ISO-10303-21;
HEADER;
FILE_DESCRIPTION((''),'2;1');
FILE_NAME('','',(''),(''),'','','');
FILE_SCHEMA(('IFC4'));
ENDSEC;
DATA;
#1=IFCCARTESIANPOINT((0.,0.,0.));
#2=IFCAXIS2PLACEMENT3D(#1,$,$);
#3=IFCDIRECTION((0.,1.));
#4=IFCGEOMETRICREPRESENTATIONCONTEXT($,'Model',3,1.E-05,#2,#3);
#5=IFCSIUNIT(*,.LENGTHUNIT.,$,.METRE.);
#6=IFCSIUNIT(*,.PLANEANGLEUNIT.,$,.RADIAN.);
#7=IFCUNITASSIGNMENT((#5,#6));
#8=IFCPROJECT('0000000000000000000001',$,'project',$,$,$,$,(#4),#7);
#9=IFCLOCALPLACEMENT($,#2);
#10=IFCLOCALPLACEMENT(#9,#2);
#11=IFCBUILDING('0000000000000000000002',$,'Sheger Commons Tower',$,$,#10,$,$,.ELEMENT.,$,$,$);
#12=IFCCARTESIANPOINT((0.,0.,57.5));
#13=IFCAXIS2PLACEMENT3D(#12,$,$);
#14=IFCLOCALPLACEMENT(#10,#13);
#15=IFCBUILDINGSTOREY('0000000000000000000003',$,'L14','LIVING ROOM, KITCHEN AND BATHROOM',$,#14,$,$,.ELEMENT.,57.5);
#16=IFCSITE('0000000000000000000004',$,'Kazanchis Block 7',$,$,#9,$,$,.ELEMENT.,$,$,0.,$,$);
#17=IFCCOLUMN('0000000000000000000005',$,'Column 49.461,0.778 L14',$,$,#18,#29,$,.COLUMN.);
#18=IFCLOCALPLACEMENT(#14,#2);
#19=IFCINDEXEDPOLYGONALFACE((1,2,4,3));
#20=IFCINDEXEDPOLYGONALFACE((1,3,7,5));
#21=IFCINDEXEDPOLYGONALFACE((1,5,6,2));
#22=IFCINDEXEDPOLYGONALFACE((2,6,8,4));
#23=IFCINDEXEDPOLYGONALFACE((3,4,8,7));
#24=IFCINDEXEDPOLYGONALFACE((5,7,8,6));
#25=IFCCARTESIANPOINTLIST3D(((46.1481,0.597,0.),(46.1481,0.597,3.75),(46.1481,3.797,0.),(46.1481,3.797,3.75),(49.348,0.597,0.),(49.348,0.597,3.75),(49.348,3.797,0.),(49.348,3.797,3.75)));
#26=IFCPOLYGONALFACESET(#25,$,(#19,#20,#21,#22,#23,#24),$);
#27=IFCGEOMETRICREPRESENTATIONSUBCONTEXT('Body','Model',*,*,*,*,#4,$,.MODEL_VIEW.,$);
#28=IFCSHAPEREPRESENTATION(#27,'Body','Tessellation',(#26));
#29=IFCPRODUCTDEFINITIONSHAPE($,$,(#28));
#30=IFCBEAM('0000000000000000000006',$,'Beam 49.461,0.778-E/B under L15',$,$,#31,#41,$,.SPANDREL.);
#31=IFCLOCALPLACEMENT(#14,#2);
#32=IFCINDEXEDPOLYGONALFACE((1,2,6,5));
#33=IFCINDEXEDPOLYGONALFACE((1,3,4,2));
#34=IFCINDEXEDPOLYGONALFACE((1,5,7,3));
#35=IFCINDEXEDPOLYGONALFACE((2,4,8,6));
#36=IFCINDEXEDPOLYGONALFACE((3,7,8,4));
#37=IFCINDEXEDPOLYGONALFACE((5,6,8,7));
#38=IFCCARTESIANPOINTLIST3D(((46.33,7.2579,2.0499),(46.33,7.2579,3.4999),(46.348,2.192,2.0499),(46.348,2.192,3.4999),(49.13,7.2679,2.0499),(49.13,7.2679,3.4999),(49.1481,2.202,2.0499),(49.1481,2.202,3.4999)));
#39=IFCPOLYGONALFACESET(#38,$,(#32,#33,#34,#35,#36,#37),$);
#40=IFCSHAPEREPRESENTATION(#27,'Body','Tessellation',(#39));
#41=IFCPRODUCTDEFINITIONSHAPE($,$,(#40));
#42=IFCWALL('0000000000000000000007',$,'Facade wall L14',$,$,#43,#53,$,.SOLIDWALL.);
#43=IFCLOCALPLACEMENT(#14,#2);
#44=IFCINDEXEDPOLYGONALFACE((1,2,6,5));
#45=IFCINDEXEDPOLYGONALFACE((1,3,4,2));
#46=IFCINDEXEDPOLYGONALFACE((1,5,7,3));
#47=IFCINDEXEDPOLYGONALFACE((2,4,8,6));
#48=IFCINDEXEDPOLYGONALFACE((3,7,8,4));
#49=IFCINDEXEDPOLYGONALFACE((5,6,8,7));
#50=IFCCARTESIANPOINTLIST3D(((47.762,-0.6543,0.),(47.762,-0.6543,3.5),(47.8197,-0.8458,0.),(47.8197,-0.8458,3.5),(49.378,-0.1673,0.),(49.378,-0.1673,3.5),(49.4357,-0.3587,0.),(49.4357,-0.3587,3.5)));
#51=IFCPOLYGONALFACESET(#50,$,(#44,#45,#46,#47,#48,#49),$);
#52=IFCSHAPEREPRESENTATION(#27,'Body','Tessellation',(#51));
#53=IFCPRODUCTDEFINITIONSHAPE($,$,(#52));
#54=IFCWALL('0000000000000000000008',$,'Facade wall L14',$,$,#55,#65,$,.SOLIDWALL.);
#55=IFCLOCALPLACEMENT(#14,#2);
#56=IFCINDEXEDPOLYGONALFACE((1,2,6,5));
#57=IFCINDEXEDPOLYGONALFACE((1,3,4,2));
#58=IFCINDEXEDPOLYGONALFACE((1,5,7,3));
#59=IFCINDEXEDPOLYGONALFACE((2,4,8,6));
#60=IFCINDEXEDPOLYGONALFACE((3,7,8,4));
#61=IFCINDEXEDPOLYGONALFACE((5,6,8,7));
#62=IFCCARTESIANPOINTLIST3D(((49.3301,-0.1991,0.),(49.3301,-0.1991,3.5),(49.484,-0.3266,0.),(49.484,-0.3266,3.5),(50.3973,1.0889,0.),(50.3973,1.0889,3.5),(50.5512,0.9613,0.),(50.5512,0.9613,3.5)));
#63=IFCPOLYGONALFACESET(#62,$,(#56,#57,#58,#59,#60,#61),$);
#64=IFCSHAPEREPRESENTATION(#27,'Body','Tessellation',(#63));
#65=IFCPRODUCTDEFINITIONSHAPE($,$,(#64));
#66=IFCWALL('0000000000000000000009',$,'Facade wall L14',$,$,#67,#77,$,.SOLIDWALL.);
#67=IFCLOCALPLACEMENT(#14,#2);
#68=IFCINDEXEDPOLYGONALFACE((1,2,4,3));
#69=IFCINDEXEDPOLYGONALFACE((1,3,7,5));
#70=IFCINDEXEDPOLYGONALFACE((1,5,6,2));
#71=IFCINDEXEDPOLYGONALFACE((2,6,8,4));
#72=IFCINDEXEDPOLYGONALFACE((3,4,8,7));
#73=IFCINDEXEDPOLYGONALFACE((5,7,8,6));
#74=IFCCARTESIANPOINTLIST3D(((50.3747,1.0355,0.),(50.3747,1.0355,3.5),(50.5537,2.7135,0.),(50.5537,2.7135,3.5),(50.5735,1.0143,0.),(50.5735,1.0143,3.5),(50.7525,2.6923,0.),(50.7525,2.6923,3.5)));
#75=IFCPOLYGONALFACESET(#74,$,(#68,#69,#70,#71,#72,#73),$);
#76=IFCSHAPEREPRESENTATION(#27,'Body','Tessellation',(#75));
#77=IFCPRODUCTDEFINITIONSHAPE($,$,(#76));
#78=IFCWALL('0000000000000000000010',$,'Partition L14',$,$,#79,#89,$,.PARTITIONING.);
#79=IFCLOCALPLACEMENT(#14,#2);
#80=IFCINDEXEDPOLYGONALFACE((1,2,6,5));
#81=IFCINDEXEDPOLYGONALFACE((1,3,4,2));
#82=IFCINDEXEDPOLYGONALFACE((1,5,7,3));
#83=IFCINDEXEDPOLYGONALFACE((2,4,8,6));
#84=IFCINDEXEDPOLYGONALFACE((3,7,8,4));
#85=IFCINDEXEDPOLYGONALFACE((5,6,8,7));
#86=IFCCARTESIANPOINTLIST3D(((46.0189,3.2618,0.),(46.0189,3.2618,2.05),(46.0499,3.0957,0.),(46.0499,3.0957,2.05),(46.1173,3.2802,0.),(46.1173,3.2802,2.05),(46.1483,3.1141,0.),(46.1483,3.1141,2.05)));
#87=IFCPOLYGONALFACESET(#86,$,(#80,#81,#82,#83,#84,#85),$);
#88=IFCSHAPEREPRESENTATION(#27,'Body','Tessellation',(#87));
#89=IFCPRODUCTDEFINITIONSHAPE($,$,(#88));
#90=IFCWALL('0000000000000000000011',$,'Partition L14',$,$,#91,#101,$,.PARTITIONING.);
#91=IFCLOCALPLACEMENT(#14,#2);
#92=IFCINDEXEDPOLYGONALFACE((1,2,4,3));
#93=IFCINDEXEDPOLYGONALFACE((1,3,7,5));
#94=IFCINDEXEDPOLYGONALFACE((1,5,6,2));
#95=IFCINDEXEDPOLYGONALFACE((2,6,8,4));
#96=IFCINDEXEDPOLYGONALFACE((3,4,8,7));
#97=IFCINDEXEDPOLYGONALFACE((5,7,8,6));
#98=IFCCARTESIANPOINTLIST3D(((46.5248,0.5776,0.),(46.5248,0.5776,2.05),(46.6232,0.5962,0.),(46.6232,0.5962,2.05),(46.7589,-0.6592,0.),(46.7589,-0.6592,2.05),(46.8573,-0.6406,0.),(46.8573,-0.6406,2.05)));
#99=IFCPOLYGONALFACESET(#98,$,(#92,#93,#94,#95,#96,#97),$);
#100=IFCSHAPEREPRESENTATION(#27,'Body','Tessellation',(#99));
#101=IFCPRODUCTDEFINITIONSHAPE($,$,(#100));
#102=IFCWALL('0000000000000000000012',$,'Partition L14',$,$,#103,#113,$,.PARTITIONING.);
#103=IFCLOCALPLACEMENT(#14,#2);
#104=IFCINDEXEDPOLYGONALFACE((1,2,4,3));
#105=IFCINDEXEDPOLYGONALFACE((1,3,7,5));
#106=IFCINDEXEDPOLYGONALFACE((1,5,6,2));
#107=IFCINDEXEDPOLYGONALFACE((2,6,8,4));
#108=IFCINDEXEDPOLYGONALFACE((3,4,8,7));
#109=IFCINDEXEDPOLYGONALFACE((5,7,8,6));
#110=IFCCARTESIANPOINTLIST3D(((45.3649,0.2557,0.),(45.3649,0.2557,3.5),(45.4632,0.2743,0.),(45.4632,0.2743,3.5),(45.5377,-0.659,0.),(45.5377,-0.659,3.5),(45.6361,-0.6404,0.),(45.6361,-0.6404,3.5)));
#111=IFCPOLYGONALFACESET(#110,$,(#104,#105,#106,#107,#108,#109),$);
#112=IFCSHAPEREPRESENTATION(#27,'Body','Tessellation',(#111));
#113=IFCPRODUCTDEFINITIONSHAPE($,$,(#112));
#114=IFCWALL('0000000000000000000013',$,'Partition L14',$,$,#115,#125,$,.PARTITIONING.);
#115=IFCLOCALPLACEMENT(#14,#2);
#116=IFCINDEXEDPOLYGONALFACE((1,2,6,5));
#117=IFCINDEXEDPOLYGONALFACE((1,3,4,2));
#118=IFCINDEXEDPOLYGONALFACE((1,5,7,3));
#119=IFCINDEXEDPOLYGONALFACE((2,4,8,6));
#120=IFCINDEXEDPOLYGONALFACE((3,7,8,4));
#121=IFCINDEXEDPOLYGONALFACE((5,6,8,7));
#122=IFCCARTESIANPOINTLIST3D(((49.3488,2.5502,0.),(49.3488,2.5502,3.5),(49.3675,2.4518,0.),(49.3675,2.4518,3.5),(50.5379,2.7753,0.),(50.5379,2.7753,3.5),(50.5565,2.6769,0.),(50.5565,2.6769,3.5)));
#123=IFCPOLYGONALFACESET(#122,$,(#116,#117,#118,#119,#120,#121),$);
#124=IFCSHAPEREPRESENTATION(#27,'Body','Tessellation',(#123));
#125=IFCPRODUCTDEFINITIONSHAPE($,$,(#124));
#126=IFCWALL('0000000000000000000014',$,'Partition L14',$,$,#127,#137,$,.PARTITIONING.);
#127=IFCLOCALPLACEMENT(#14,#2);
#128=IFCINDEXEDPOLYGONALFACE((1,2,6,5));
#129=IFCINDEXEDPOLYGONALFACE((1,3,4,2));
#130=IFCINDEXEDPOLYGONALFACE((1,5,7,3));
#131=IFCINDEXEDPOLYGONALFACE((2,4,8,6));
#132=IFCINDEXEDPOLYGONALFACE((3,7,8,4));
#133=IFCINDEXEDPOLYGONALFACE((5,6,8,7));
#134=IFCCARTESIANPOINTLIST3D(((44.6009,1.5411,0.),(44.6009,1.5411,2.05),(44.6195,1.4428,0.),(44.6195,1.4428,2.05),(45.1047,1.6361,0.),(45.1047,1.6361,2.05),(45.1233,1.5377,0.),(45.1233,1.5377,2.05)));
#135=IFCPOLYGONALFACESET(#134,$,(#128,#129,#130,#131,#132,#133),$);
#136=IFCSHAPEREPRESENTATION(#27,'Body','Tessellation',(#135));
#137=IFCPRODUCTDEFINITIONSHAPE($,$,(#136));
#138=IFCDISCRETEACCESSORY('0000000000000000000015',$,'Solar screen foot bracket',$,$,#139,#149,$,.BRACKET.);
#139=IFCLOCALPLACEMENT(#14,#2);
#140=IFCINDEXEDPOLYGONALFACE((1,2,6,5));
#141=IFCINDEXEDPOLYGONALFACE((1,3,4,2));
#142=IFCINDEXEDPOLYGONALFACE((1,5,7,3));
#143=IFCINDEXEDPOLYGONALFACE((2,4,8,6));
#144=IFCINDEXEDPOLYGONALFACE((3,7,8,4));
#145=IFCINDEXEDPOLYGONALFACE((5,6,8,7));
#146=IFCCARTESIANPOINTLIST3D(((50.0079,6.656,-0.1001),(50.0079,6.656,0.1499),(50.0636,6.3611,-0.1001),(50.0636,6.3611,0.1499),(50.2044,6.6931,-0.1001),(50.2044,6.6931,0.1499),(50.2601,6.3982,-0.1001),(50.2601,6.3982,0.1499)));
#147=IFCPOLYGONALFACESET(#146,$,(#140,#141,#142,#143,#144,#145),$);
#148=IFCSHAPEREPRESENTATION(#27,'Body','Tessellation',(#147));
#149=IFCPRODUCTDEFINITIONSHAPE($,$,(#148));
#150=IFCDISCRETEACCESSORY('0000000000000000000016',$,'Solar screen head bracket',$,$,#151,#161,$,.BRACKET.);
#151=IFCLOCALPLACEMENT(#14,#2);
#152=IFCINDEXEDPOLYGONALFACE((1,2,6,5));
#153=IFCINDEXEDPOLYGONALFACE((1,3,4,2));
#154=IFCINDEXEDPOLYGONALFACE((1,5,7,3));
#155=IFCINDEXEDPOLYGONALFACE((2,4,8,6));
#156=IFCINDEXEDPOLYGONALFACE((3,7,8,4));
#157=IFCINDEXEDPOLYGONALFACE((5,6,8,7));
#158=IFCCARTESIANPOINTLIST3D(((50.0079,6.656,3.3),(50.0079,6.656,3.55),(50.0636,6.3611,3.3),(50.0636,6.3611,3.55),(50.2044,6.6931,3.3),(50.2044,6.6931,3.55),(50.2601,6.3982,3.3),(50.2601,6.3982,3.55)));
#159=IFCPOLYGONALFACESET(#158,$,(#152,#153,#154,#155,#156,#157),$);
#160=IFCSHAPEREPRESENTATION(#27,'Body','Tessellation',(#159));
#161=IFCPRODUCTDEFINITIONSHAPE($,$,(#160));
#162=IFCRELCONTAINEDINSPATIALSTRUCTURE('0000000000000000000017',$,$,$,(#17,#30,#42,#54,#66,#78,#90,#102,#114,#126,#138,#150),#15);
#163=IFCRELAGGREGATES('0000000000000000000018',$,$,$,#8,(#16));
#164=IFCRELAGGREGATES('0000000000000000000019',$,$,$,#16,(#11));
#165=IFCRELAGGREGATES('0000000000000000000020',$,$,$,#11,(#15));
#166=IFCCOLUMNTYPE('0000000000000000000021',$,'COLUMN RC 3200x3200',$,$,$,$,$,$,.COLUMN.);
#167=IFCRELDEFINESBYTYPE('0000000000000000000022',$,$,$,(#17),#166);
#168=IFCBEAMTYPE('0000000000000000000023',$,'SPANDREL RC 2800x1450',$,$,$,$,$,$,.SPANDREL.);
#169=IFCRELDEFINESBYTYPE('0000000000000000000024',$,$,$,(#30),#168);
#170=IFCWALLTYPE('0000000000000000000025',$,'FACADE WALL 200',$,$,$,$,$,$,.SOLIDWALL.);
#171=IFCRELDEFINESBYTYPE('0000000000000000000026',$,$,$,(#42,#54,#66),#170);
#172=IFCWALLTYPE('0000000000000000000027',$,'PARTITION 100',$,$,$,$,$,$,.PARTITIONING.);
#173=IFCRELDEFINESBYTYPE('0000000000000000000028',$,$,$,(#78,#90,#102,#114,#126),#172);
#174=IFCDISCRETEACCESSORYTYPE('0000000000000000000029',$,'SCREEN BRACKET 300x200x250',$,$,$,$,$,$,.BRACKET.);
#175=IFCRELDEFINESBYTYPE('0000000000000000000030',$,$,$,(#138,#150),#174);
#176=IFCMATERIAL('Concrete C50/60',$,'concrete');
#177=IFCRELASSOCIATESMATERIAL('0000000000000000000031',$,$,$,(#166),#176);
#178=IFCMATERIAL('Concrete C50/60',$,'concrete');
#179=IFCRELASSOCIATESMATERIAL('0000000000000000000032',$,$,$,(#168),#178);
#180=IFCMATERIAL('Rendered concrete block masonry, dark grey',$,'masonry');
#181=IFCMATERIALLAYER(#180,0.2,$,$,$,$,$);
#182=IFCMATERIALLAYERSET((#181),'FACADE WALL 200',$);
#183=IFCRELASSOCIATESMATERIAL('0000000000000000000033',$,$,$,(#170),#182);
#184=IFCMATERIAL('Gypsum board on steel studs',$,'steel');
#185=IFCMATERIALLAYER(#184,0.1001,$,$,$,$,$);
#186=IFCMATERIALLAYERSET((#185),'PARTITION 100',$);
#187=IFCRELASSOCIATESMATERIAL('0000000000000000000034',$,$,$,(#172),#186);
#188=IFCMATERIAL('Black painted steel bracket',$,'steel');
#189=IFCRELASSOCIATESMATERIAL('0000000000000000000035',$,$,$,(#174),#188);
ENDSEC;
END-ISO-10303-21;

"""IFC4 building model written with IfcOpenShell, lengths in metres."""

from ifc_helpers import new_model, si_unit, direction, frame, frame_2d, origin, origin_2d, place, context, subcontext, project, spatial, rectangle, extrude, material, layer, layer_set, material_profile, profile_set, type_object, element, save


model = new_model("IFC4")

# Units and contexts
model_context = context("Model", 3, precision=1e-05, world=origin(), true_north=direction((0.0, 1.0)))
body_context = subcontext(model_context, "Body", "Model", "MODEL_VIEW")
ifc_project = project(units=[si_unit("LENGTHUNIT", "METRE"), si_unit("PLANEANGLEUNIT", "RADIAN")], contexts=[model_context])

# Site, building, storey
site_placement = place(None, origin())
site = spatial("IfcSite", under=ifc_project, at=site_placement, Name="Kazanchis Block 7", CompositionType="ELEMENT", RefElevation=0.0)
building_placement = place(site_placement, origin())
building = spatial("IfcBuilding", under=site, at=building_placement, Name="Sheger Commons Tower", CompositionType="ELEMENT")
storey_placement = place(building_placement, frame((0.0, 0.0, 57.5)))
storey = spatial("IfcBuildingStorey", under=building, at=storey_placement, Name="L14", Description="LIVING ROOM, KITCHEN AND BATHROOM", CompositionType="ELEMENT", Elevation=57.5)

# Column
ifc_material_1 = material(Name="Concrete C50/60", Category="concrete")
ifc_material_profile_1 = material_profile(ifc_material_1, rectangle(XDim=3.2, YDim=3.2, at=origin_2d()), Name="RC 3200x3200")
ifc_profile_set_1 = profile_set([ifc_material_profile_1], Name="Concrete C50/60")
column_type = type_object("IfcColumnType", Name="COLUMN RC 3200x3200", PredefinedType="COLUMN", material=ifc_profile_set_1)
column_placement = place(storey_placement, frame((47.748, 2.197, 0.0), z_axis=(0.0, 0.0, 1.0), x_axis=(1.0, 0.0, 0.0)))
element("IfcColumn", 1, at=column_placement, inside=storey, type_object=column_type, Name="Column 49.461,0.778 L14", PredefinedType="COLUMN", context=body_context, shape_type="SweptSolid", body=[
    extrude(rectangle(XDim=3.2, YDim=3.2, at=origin_2d()), origin(), (0.0, 0.0, 1.0), 3.75),
])

# Beam
ifc_material_2 = material(Name="Concrete C50/60", Category="concrete")
ifc_material_profile_2 = material_profile(ifc_material_2, rectangle(XDim=2.8, YDim=1.45, at=origin_2d()), Name="RC 2800x1450")
ifc_profile_set_2 = profile_set([ifc_material_profile_2], Name="Concrete C50/60")
beam_type = type_object("IfcBeamType", Name="SPANDREL RC 2800x1450", PredefinedType="SPANDREL", material=ifc_profile_set_2)
beam_placement = place(storey_placement, frame((47.748, 2.197, 2.7749), z_axis=(-0.003566, 0.999994, 0.0), x_axis=(-0.999994, -0.003566, 0.0)))
element("IfcBeam", 2, at=beam_placement, inside=storey, type_object=beam_type, Name="Beam 49.461,0.778-E/B under L15", PredefinedType="SPANDREL", context=body_context, shape_type="SweptSolid", body=[
    extrude(rectangle(XDim=2.8, YDim=1.45, at=origin_2d()), origin(), (0.0, 0.0, 1.0), 5.0659),
])

# Walls
ifc_material_3 = material(Name="Rendered concrete block masonry, dark grey", Category="masonry")
ifc_layer_1 = layer(ifc_material_3, 0.2)
ifc_layer_set_1 = layer_set([ifc_layer_1], Name="FACADE WALL 200")
wall_type_1 = type_object("IfcWallType", Name="FACADE WALL 200", PredefinedType="SOLIDWALL", material=ifc_layer_set_1)
wall_1_placement = place(storey_placement, frame((47.791, -0.75, 0.0), z_axis=(0.0, 0.0, 1.0), x_axis=(0.957455, 0.288582, 0.0)))
element("IfcWall", 3, at=wall_1_placement, inside=storey, type_object=wall_type_1, Name="Facade wall L14", PredefinedType="SOLIDWALL", context=body_context, shape_type="SweptSolid", body=[
    extrude(rectangle(XDim=1.6877, YDim=0.2, at=frame_2d((0.8438, 0.0))), origin(), (0.0, 0.0, 1.0), 3.5),
])
wall_2_placement = place(storey_placement, frame((49.407, -0.2629, 0.0), z_axis=(0.0, 0.0, 1.0), x_axis=(0.638043, 0.770001, 0.0)))
element("IfcWall", 4, at=wall_2_placement, inside=storey, type_object=wall_type_1, Name="Facade wall L14", PredefinedType="SOLIDWALL", context=body_context, shape_type="SweptSolid", body=[
    extrude(rectangle(XDim=1.6726, YDim=0.2, at=frame_2d((0.8364, 0.0))), origin(), (0.0, 0.0, 1.0), 3.5),
])
wall_3_placement = place(storey_placement, frame((50.4741, 1.0249, 0.0), z_axis=(0.0, 0.0, 1.0), x_axis=(0.106048, 0.994361, 0.0)))
element("IfcWall", 5, at=wall_3_placement, inside=storey, type_object=wall_type_1, Name="Facade wall L14", PredefinedType="SOLIDWALL", context=body_context, shape_type="SweptSolid", body=[
    extrude(rectangle(XDim=1.6875, YDim=0.2, at=frame_2d((0.8438, 0.0))), origin(), (0.0, 0.0, 1.0), 3.5),
])

# Walls
ifc_material_4 = material(Name="Gypsum board on steel studs", Category="steel")
ifc_layer_2 = layer(ifc_material_4, 0.1001)
ifc_layer_set_2 = layer_set([ifc_layer_2], Name="PARTITION 100")
wall_type_2 = type_object("IfcWallType", Name="PARTITION 100", PredefinedType="PARTITIONING", material=ifc_layer_set_2)
wall_4_placement = place(storey_placement, frame((46.0681, 3.271, 0.0), z_axis=(0.0, 0.0, 1.0), x_axis=(0.18359, -0.983003, 0.0)))
element("IfcWall", 6, at=wall_4_placement, inside=storey, type_object=wall_type_2, Name="Partition L14", PredefinedType="PARTITIONING", context=body_context, shape_type="SweptSolid", body=[
    extrude(rectangle(XDim=0.1689, YDim=0.1001, at=frame_2d((0.0845, 0.0))), origin(), (0.0, 0.0, 1.0), 2.05),
])
wall_5_placement = place(storey_placement, frame((46.574, 0.5869, 0.0), z_axis=(0.0, 0.0, 1.0), x_axis=(0.185998, -0.98255, 0.0)))
element("IfcWall", 7, at=wall_5_placement, inside=storey, type_object=wall_type_2, Name="Partition L14", PredefinedType="PARTITIONING", context=body_context, shape_type="SweptSolid", body=[
    extrude(rectangle(XDim=1.2588, YDim=0.1001, at=frame_2d((0.6294, 0.0))), origin(), (0.0, 0.0, 1.0), 2.05),
])
wall_6_placement = place(storey_placement, frame((45.4141, 0.2649, 0.0), z_axis=(0.0, 0.0, 1.0), x_axis=(0.185666, -0.982613, 0.0)))
element("IfcWall", 8, at=wall_6_placement, inside=storey, type_object=wall_type_2, Name="Partition L14", PredefinedType="PARTITIONING", context=body_context, shape_type="SweptSolid", body=[
    extrude(rectangle(XDim=0.9309, YDim=0.1001, at=frame_2d((0.4653, 0.0))), origin(), (0.0, 0.0, 1.0), 3.5),
])
wall_7_placement = place(storey_placement, frame((50.5471, 2.7261, 0.0), z_axis=(0.0, 0.0, 1.0), x_axis=(-0.982553, -0.185981, 0.0)))
element("IfcWall", 9, at=wall_7_placement, inside=storey, type_object=wall_type_2, Name="Partition L14", PredefinedType="PARTITIONING", context=body_context, shape_type="SweptSolid", body=[
    extrude(rectangle(XDim=1.2102, YDim=0.1001, at=frame_2d((0.605, 0.0))), origin(), (0.0, 0.0, 1.0), 3.5),
])
wall_8_placement = place(storey_placement, frame((45.114, 1.5869, 0.0), z_axis=(0.0, 0.0, 1.0), x_axis=(-0.982699, -0.185208, 0.0)))
element("IfcWall", 10, at=wall_8_placement, inside=storey, type_object=wall_type_2, Name="Partition L14", PredefinedType="PARTITIONING", context=body_context, shape_type="SweptSolid", body=[
    extrude(rectangle(XDim=0.5127, YDim=0.1001, at=frame_2d((0.2563, 0.0))), origin(), (0.0, 0.0, 1.0), 2.05),
])

# Discrete accessories
ifc_material_5 = material(Name="Black painted steel bracket", Category="steel")
discrete_accessory_type = type_object("IfcDiscreteAccessoryType", Name="SCREEN BRACKET 300x200x250", PredefinedType="BRACKET", material=ifc_material_5)
for number, where, z_axis, x_axis, name in (
    (11, (50.134, 6.5271, -0.1001), (0.0, 0.0, 1.0), (-0.185615, 0.982623, 0.0), "Solar screen foot bracket"),
    (12, (50.134, 6.5271, 3.3), (0.0, 0.0, 1.0), (-0.185615, 0.982623, 0.0), "Solar screen head bracket"),
):
    element("IfcDiscreteAccessory", number, at=place(storey_placement, frame(where, z_axis=z_axis, x_axis=x_axis)), inside=storey, type_object=discrete_accessory_type, Name=name, PredefinedType="BRACKET", context=body_context, shape_type="SweptSolid", body=[
        extrude(rectangle(XDim=0.3, YDim=0.2, at=origin_2d()), origin(), (0.0, 0.0, 1.0), 0.25),
    ])

save(model, "model.ifc")
